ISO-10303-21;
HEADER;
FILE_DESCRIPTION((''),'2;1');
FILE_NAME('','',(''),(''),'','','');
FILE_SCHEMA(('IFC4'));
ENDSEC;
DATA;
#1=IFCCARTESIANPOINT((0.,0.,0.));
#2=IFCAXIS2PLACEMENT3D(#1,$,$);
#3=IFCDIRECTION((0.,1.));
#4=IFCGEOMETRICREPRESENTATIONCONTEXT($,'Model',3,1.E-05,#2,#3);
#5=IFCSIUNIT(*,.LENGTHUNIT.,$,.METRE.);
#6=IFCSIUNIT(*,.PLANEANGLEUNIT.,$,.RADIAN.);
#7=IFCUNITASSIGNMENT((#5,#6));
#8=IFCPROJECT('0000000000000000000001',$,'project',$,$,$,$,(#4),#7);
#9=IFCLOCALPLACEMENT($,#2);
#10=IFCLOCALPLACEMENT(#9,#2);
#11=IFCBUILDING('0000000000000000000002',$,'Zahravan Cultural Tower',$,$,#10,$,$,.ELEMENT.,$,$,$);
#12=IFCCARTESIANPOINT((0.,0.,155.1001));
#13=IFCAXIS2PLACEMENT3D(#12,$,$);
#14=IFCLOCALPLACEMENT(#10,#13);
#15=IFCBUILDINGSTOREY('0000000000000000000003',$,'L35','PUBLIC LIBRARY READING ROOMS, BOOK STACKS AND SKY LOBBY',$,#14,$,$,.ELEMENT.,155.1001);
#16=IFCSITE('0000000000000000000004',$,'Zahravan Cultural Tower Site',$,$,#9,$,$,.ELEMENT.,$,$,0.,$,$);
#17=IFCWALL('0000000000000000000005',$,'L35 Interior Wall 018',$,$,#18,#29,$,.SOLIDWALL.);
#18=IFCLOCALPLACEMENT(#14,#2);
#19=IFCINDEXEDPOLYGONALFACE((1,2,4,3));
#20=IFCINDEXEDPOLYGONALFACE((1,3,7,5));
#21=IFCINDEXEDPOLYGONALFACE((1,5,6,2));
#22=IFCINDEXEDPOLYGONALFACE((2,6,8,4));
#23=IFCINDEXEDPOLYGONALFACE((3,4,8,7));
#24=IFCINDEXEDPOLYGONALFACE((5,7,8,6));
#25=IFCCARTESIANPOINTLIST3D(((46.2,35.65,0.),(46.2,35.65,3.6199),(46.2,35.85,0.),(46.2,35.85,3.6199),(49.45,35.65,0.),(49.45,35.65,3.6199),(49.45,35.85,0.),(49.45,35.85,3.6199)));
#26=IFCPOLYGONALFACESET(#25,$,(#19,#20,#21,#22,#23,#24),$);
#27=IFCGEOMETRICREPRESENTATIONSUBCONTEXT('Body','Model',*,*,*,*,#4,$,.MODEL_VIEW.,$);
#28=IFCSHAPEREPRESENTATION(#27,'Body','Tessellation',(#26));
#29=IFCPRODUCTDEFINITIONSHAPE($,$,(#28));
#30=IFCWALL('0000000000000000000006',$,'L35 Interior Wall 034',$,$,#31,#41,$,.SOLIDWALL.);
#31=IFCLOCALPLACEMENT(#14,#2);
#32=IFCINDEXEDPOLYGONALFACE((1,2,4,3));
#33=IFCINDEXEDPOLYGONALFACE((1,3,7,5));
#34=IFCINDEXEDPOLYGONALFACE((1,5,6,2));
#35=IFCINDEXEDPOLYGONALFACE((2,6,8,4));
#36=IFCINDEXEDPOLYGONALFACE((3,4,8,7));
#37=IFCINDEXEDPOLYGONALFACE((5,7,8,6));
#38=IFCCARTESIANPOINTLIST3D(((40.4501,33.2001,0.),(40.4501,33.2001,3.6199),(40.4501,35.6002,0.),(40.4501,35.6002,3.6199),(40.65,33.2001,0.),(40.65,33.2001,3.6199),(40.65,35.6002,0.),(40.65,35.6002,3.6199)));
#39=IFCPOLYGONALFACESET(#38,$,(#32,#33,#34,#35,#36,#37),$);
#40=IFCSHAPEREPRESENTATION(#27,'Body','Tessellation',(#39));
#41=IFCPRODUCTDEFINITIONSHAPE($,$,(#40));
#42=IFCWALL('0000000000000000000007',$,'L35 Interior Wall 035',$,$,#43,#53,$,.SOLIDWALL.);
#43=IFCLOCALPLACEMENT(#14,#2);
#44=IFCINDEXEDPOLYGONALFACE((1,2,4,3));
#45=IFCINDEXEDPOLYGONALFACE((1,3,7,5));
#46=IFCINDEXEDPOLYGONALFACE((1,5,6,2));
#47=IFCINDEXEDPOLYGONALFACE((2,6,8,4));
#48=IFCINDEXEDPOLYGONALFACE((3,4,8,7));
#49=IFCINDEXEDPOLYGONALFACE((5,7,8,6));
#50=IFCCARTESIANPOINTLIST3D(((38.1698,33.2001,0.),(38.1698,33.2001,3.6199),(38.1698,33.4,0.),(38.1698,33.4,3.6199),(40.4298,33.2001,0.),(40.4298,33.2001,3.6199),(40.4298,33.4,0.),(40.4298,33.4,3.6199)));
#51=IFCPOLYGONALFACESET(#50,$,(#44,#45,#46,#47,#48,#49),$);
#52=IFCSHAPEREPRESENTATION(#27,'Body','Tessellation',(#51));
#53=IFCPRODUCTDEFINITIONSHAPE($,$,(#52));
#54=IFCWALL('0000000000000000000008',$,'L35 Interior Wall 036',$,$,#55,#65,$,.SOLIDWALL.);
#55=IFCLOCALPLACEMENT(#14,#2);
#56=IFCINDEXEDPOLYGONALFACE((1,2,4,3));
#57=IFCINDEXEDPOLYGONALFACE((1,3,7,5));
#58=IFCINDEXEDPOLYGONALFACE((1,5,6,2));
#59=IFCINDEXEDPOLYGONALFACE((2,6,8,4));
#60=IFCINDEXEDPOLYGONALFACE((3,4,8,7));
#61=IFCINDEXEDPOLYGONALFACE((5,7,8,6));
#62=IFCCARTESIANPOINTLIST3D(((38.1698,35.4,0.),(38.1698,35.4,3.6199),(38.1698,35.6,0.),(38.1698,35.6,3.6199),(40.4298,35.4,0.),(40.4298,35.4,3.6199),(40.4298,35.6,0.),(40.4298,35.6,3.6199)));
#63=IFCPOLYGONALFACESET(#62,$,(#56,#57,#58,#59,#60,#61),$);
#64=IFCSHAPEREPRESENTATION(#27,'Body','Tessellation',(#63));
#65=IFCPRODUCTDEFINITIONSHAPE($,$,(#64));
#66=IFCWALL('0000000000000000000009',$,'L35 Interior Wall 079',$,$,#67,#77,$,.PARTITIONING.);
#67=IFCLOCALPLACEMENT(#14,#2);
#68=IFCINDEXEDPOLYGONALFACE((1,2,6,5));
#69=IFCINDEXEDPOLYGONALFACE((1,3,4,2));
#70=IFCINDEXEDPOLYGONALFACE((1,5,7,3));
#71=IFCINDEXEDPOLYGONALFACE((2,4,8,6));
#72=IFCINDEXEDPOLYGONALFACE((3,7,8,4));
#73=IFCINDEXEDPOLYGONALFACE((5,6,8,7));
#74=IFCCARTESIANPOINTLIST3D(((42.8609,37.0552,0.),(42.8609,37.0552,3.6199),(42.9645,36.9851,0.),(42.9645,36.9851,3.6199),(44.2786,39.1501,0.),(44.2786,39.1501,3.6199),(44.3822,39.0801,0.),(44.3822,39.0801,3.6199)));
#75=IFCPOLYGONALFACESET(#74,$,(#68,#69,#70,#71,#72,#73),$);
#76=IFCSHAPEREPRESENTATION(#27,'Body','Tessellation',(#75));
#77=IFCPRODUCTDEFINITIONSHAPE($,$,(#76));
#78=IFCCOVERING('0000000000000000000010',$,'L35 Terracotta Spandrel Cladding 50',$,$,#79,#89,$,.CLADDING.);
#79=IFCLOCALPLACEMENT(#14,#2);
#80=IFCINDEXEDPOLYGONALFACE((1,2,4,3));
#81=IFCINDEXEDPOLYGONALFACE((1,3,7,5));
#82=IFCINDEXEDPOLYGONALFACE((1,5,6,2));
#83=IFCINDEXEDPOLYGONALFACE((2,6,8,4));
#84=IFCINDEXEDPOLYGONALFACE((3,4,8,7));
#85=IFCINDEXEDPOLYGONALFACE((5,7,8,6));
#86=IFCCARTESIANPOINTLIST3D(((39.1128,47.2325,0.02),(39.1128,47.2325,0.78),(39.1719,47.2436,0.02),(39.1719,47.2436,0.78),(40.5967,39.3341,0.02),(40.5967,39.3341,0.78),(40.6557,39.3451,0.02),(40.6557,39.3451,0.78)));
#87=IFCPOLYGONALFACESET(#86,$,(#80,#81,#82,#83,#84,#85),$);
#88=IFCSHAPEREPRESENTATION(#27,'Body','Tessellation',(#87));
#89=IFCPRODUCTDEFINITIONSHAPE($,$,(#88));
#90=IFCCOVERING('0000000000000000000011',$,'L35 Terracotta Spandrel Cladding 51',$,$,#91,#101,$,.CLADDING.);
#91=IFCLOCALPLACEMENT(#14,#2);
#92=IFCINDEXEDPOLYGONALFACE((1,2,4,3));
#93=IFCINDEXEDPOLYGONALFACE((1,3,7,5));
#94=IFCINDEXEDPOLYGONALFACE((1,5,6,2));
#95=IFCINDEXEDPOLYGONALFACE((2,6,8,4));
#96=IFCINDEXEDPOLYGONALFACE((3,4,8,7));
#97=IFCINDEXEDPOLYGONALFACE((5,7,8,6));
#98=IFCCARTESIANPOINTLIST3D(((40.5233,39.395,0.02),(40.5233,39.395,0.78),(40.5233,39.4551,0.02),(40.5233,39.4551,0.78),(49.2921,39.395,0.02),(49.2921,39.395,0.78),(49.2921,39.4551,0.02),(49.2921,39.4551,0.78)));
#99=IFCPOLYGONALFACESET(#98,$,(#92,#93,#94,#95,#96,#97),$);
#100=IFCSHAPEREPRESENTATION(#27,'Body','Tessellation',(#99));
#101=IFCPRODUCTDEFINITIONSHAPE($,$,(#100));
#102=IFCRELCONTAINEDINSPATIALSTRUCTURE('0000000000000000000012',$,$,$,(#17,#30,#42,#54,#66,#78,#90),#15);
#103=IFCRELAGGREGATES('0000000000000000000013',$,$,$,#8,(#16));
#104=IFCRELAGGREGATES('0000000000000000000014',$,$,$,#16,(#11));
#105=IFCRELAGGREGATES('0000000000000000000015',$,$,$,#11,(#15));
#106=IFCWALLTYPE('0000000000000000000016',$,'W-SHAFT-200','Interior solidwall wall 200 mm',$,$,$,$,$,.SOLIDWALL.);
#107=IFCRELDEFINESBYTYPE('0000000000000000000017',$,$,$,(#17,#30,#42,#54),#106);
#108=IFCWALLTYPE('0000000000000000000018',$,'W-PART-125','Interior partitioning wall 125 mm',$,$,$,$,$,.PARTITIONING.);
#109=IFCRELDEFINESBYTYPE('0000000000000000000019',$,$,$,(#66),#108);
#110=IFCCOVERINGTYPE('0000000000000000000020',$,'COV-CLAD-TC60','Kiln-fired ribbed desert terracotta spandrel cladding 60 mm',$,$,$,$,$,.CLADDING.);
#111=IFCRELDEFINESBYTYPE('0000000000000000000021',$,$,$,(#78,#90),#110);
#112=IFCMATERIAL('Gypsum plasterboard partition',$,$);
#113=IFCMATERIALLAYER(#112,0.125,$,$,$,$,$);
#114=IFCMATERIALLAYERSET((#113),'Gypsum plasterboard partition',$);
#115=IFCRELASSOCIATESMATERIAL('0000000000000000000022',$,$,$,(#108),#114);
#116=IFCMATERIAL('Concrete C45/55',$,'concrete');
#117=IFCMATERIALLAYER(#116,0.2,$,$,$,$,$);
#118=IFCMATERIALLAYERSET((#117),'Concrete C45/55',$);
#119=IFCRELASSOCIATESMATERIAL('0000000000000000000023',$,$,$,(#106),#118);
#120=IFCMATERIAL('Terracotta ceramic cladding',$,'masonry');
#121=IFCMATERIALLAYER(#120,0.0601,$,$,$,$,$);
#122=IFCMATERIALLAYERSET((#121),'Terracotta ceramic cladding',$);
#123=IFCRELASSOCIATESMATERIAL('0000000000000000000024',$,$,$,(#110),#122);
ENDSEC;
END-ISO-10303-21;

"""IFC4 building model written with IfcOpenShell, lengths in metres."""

from ifc_helpers import new_model, si_unit, direction, frame, frame_2d, origin, origin_2d, place, context, subcontext, project, spatial, rectangle, extrude, source, transform, mapped, material, layer, layer_set, type_object, element, save


model = new_model("IFC4")

# Units and contexts
model_context = context("Model", 3, precision=1e-05, world=origin(), true_north=direction((0.0, 1.0)))
body_context = subcontext(model_context, "Body", "Model", "MODEL_VIEW")
ifc_project = project(units=[si_unit("LENGTHUNIT", "METRE"), si_unit("PLANEANGLEUNIT", "RADIAN")], contexts=[model_context])

# Site, building, storey
site_placement = place(None, origin())
site = spatial("IfcSite", under=ifc_project, at=site_placement, Name="Zahravan Cultural Tower Site", CompositionType="ELEMENT", RefElevation=0.0)
building_placement = place(site_placement, origin())
building = spatial("IfcBuilding", under=site, at=building_placement, Name="Zahravan Cultural Tower", CompositionType="ELEMENT")
storey_placement = place(building_placement, frame((0.0, 0.0, 155.1001)))
storey = spatial("IfcBuildingStorey", under=building, at=storey_placement, Name="L35", Description="PUBLIC LIBRARY READING ROOMS, BOOK STACKS AND SKY LOBBY", CompositionType="ELEMENT", Elevation=155.1001)

# Shared definitions
ifc_material_1 = material(Name="Gypsum plasterboard partition")
ifc_layer_1 = layer(ifc_material_1, 0.125)
ifc_layer_set_1 = layer_set([ifc_layer_1], Name="Gypsum plasterboard partition")
wall_type_1 = type_object("IfcWallType", Name="W-PART-125", Description="Interior partitioning wall 125 mm", PredefinedType="PARTITIONING", material=ifc_layer_set_1)
ifc_material_2 = material(Name="Concrete C45/55", Category="concrete")
ifc_layer_2 = layer(ifc_material_2, 0.2)
ifc_layer_set_2 = layer_set([ifc_layer_2], Name="Concrete C45/55")
wall_type_2 = type_object("IfcWallType", Name="W-SHAFT-200", Description="Interior solidwall wall 200 mm", PredefinedType="SOLIDWALL", material=ifc_layer_set_2)

# Walls
shared_shape_1 = source(origin(), body_context, "Body", "SweptSolid", [
    extrude(rectangle(XDim=3.25, YDim=0.2, at=frame_2d((1.625, 0.0))), origin(), (0.0, 0.0, 1.0), 3.6199),
])
wall_1_placement = place(storey_placement, frame((46.2, 35.75, 0.0), z_axis=(0.0, 0.0, 1.0), x_axis=(1.0, 0.0, 0.0)))
element("IfcWall", 1, at=wall_1_placement, inside=storey, type_object=wall_type_2, Name="L35 Interior Wall 018", PredefinedType="SOLIDWALL", context=body_context, shape_type="MappedRepresentation", body=[
    mapped(shared_shape_1, transform((0.0, 0.0, 0.0), x_axis=(1.0, 0.0, 0.0), y_axis=(0.0, 1.0, 0.0), z_axis=(0.0, 0.0, 1.0), scale=1.0)),
])
shared_shape_2 = source(origin(), body_context, "Body", "SweptSolid", [
    extrude(rectangle(XDim=2.4001, YDim=0.2, at=frame_2d((1.2002, 0.0))), origin(), (0.0, 0.0, 1.0), 3.6199),
])
wall_2_placement = place(storey_placement, frame((40.55, 33.2, 0.0), z_axis=(0.0, 0.0, 1.0), x_axis=(0.0, 1.0, 0.0)))
element("IfcWall", 2, at=wall_2_placement, inside=storey, type_object=wall_type_2, Name="L35 Interior Wall 034", PredefinedType="SOLIDWALL", context=body_context, shape_type="MappedRepresentation", body=[
    mapped(shared_shape_2, transform((0.0, 0.0, 0.0), x_axis=(1.0, 0.0, 0.0), y_axis=(0.0, 1.0, 0.0), z_axis=(0.0, 0.0, 1.0), scale=1.0)),
])
shared_shape_3 = source(origin(), body_context, "Body", "SweptSolid", [
    extrude(rectangle(XDim=2.26, YDim=0.2, at=frame_2d((1.1299, 0.0))), origin(), (0.0, 0.0, 1.0), 3.6199),
])
for number, where, z_axis, x_axis, name in (
    (3, (38.1699, 33.3, 0.0), (0.0, 0.0, 1.0), (1.0, 0.0, 0.0), "L35 Interior Wall 035"),
    (4, (38.1699, 35.5, 0.0), (0.0, 0.0, 1.0), (1.0, 0.0, 0.0), "L35 Interior Wall 036"),
):
    element("IfcWall", number, at=place(storey_placement, frame(where, z_axis=z_axis, x_axis=x_axis)), inside=storey, type_object=wall_type_2, Name=name, PredefinedType="SOLIDWALL", context=body_context, shape_type="MappedRepresentation", body=[
        mapped(shared_shape_3, transform((0.0, 0.0, 0.0), x_axis=(1.0, 0.0, 0.0), y_axis=(0.0, 1.0, 0.0), z_axis=(0.0, 0.0, 1.0), scale=1.0)),
    ])
shared_shape_4 = source(origin(), body_context, "Body", "SweptSolid", [
    extrude(rectangle(XDim=2.5295, YDim=0.125, at=frame_2d((1.2646, 0.0))), origin(), (0.0, 0.0, 1.0), 3.6199),
])
wall_3_placement = place(storey_placement, frame((44.3303, 39.115, 0.0), z_axis=(0.0, 0.0, 1.0), x_axis=(-0.560455, -0.828185, 0.0)))
element("IfcWall", 5, at=wall_3_placement, inside=storey, type_object=wall_type_1, Name="L35 Interior Wall 079", PredefinedType="PARTITIONING", context=body_context, shape_type="MappedRepresentation", body=[
    mapped(shared_shape_4, transform((0.0, 0.0, 0.0), x_axis=(1.0, 0.0, 0.0), y_axis=(0.0, 1.0, 0.0), z_axis=(0.0, 0.0, 1.0), scale=1.0)),
])

# Coverings
ifc_material_3 = material(Name="Terracotta ceramic cladding", Category="masonry")
ifc_layer_3 = layer(ifc_material_3, 0.0601)
ifc_layer_set_3 = layer_set([ifc_layer_3], Name="Terracotta ceramic cladding")
covering_type = type_object("IfcCoveringType", Name="COV-CLAD-TC60", Description="Kiln-fired ribbed desert terracotta spandrel cladding 60 mm", PredefinedType="CLADDING", material=ifc_layer_set_3)
shared_shape_5 = source(origin(), body_context, "Body", "SweptSolid", [
    extrude(rectangle(XDim=8.0366, YDim=0.0601, at=origin_2d()), origin(), (0.0, 0.0, 1.0), 0.76),
])
covering_1_placement = place(storey_placement, frame((39.8843, 43.2888, 0.02), z_axis=(0.0, 0.0, 1.0), x_axis=(0.184638, -0.982807, 0.0)))
element("IfcCovering", 6, at=covering_1_placement, inside=storey, type_object=covering_type, Name="L35 Terracotta Spandrel Cladding 50", PredefinedType="CLADDING", context=body_context, shape_type="MappedRepresentation", body=[
    mapped(shared_shape_5, transform((0.0, 0.0, 0.0), x_axis=(1.0, 0.0, 0.0), y_axis=(0.0, 1.0, 0.0), z_axis=(0.0, 0.0, 1.0), scale=1.0)),
])
shared_shape_6 = source(origin(), body_context, "Body", "SweptSolid", [
    extrude(rectangle(XDim=8.7688, YDim=0.0601, at=origin_2d()), origin(), (0.0, 0.0, 1.0), 0.76),
])
covering_2_placement = place(storey_placement, frame((44.9077, 39.425, 0.02), z_axis=(0.0, 0.0, 1.0), x_axis=(1.0, 0.0, 0.0)))
element("IfcCovering", 7, at=covering_2_placement, inside=storey, type_object=covering_type, Name="L35 Terracotta Spandrel Cladding 51", PredefinedType="CLADDING", context=body_context, shape_type="MappedRepresentation", body=[
    mapped(shared_shape_6, transform((0.0, 0.0, 0.0), x_axis=(1.0, 0.0, 0.0), y_axis=(0.0, 1.0, 0.0), z_axis=(0.0, 0.0, 1.0), scale=1.0)),
])

save(model, "model.ifc")
